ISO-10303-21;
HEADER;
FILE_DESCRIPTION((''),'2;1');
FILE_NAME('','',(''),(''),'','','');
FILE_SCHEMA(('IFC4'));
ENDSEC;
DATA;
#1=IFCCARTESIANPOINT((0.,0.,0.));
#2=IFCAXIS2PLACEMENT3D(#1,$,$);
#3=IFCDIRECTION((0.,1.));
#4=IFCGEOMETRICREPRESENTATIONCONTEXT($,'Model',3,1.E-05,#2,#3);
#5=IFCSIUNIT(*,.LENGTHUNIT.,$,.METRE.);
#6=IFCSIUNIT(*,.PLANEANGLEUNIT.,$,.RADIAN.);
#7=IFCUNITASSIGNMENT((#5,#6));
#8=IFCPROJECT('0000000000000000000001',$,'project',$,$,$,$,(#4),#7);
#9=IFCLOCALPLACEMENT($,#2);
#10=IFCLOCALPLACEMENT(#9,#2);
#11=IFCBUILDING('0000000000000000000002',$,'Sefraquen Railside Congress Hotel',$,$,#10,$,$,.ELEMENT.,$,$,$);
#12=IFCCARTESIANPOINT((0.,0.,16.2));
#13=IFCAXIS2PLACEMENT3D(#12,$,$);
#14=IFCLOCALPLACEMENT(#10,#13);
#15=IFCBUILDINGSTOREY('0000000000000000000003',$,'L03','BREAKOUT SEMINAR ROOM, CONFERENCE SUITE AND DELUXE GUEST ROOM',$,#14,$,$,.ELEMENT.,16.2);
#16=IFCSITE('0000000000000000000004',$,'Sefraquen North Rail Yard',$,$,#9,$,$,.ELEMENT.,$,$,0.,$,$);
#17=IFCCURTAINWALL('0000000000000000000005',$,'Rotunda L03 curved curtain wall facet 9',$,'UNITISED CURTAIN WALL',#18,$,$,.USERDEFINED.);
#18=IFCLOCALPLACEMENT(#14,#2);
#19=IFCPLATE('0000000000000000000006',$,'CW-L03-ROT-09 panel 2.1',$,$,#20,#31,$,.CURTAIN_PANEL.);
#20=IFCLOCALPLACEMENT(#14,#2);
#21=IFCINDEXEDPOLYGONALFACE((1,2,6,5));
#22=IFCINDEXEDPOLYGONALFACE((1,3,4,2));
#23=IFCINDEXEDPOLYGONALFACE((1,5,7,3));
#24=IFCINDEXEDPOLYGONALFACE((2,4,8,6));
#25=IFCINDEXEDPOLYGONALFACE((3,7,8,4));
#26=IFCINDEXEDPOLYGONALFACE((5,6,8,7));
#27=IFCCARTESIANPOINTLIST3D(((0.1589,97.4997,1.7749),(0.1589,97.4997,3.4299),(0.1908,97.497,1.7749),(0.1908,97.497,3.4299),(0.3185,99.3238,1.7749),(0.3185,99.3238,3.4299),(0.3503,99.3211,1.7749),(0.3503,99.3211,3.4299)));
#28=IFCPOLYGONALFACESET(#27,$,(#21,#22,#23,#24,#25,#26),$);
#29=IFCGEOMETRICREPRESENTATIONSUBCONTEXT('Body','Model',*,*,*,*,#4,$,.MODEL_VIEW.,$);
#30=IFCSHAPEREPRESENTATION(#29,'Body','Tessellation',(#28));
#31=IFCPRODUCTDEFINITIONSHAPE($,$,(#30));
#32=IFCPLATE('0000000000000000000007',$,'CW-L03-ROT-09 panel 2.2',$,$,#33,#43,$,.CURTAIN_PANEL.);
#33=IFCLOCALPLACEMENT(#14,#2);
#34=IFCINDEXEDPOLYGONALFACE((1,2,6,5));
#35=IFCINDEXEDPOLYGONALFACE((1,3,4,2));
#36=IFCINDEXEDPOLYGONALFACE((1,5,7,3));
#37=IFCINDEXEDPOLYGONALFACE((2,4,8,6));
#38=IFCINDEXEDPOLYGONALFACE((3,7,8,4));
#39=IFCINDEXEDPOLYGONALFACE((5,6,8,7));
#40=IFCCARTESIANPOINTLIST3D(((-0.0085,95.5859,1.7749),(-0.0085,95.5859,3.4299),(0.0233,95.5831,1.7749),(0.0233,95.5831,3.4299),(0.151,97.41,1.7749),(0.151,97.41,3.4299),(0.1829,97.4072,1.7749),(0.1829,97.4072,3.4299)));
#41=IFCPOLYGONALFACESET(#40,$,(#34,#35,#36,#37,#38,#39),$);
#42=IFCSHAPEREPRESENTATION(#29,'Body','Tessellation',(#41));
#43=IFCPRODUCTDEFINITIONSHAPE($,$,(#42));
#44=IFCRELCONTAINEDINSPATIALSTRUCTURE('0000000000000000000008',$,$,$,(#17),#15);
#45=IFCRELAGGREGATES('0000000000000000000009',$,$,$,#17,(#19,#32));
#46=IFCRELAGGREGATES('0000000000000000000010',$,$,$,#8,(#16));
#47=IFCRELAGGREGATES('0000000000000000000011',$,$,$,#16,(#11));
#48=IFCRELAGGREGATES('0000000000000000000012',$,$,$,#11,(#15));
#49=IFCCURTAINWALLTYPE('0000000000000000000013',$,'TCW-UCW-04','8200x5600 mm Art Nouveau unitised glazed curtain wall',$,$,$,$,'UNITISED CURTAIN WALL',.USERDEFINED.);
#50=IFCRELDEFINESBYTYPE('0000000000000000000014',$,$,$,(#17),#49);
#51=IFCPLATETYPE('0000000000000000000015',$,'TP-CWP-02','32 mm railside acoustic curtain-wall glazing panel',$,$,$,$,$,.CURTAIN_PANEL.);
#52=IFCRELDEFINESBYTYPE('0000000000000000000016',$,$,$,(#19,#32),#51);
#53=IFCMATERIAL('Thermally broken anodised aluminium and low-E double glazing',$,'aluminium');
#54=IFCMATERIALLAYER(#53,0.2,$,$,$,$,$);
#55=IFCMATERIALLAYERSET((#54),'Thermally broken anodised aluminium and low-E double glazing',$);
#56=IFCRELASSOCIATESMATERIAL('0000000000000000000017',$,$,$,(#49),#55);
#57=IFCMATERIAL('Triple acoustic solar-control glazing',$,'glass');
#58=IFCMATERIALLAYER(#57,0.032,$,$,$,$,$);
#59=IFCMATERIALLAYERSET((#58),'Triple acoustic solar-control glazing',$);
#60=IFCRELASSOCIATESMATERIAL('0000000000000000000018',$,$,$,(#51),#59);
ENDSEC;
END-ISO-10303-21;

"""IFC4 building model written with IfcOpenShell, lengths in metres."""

from ifc_helpers import new_model, si_unit, direction, frame, origin, origin_2d, place, context, subcontext, project, spatial, rectangle, extrude, material, layer, layer_set, type_object, element, aggregate, save


model = new_model("IFC4")

# Units and contexts
model_context = context("Model", 3, precision=1e-05, world=origin(), true_north=direction((0.0, 1.0)))
body_context = subcontext(model_context, "Body", "Model", "MODEL_VIEW")
ifc_project = project(units=[si_unit("LENGTHUNIT", "METRE"), si_unit("PLANEANGLEUNIT", "RADIAN")], contexts=[model_context])

# Site, building, storey
site_placement = place(None, origin())
site = spatial("IfcSite", under=ifc_project, at=site_placement, Name="Sefraquen North Rail Yard", CompositionType="ELEMENT", RefElevation=0.0)
building_placement = place(site_placement, origin())
building = spatial("IfcBuilding", under=site, at=building_placement, Name="Sefraquen Railside Congress Hotel", CompositionType="ELEMENT")
storey_placement = place(building_placement, frame((0.0, 0.0, 16.2)))
storey = spatial("IfcBuildingStorey", under=building, at=storey_placement, Name="L03", Description="BREAKOUT SEMINAR ROOM, CONFERENCE SUITE AND DELUXE GUEST ROOM", CompositionType="ELEMENT", Elevation=16.2)

# Curtain wall
ifc_material_1 = material(Name="Thermally broken anodised aluminium and low-E double glazing", Category="aluminium")
ifc_layer_1 = layer(ifc_material_1, 0.2)
ifc_layer_set_1 = layer_set([ifc_layer_1], Name="Thermally broken anodised aluminium and low-E double glazing")
curtain_wall_type_1 = type_object("IfcCurtainWallType", Name="TCW-UCW-04", Description="8200x5600 mm Art Nouveau unitised glazed curtain wall", ElementType="UNITISED CURTAIN WALL", PredefinedType="USERDEFINED", material=ifc_layer_set_1)
curtain_wall_1_placement = place(storey_placement, origin())
curtain_wall_1 = element("IfcCurtainWall", 1, at=curtain_wall_1_placement, inside=storey, type_object=curtain_wall_type_1, Name="Rotunda L03 curved curtain wall facet 9", ObjectType="UNITISED CURTAIN WALL", PredefinedType="USERDEFINED")

# Plates
ifc_material_2 = material(Name="Triple acoustic solar-control glazing", Category="glass")
ifc_layer_2 = layer(ifc_material_2, 0.032)
ifc_layer_set_2 = layer_set([ifc_layer_2], Name="Triple acoustic solar-control glazing")
plate_type_1 = type_object("IfcPlateType", Name="TP-CWP-02", Description="32 mm railside acoustic curtain-wall glazing panel", PredefinedType="CURTAIN_PANEL", material=ifc_layer_set_2)
plate_1_placement = place(storey_placement, frame((0.2546, 98.4104, 1.7749), z_axis=(0.0, 0.0, 1.0), x_axis=(-0.087138, -0.996196, 0.0)))
plate_1 = element("IfcPlate", 2, at=plate_1_placement, type_object=plate_type_1, Name="CW-L03-ROT-09 panel 2.1", PredefinedType="CURTAIN_PANEL", context=body_context, shape_type="SweptSolid", body=[
    extrude(rectangle(XDim=1.8311, YDim=0.032, at=origin_2d()), origin(), (0.0, 0.0, 1.0), 1.655),
])
plate_2_placement = place(storey_placement, frame((0.0872, 96.4966, 1.7749), z_axis=(0.0, 0.0, 1.0), x_axis=(-0.087138, -0.996196, 0.0)))
plate_2 = element("IfcPlate", 3, at=plate_2_placement, type_object=plate_type_1, Name="CW-L03-ROT-09 panel 2.2", PredefinedType="CURTAIN_PANEL", context=body_context, shape_type="SweptSolid", body=[
    extrude(rectangle(XDim=1.8311, YDim=0.032, at=origin_2d()), origin(), (0.0, 0.0, 1.0), 1.655),
])
aggregate(curtain_wall_1, [plate_1, plate_2])

save(model, "model.ifc")
